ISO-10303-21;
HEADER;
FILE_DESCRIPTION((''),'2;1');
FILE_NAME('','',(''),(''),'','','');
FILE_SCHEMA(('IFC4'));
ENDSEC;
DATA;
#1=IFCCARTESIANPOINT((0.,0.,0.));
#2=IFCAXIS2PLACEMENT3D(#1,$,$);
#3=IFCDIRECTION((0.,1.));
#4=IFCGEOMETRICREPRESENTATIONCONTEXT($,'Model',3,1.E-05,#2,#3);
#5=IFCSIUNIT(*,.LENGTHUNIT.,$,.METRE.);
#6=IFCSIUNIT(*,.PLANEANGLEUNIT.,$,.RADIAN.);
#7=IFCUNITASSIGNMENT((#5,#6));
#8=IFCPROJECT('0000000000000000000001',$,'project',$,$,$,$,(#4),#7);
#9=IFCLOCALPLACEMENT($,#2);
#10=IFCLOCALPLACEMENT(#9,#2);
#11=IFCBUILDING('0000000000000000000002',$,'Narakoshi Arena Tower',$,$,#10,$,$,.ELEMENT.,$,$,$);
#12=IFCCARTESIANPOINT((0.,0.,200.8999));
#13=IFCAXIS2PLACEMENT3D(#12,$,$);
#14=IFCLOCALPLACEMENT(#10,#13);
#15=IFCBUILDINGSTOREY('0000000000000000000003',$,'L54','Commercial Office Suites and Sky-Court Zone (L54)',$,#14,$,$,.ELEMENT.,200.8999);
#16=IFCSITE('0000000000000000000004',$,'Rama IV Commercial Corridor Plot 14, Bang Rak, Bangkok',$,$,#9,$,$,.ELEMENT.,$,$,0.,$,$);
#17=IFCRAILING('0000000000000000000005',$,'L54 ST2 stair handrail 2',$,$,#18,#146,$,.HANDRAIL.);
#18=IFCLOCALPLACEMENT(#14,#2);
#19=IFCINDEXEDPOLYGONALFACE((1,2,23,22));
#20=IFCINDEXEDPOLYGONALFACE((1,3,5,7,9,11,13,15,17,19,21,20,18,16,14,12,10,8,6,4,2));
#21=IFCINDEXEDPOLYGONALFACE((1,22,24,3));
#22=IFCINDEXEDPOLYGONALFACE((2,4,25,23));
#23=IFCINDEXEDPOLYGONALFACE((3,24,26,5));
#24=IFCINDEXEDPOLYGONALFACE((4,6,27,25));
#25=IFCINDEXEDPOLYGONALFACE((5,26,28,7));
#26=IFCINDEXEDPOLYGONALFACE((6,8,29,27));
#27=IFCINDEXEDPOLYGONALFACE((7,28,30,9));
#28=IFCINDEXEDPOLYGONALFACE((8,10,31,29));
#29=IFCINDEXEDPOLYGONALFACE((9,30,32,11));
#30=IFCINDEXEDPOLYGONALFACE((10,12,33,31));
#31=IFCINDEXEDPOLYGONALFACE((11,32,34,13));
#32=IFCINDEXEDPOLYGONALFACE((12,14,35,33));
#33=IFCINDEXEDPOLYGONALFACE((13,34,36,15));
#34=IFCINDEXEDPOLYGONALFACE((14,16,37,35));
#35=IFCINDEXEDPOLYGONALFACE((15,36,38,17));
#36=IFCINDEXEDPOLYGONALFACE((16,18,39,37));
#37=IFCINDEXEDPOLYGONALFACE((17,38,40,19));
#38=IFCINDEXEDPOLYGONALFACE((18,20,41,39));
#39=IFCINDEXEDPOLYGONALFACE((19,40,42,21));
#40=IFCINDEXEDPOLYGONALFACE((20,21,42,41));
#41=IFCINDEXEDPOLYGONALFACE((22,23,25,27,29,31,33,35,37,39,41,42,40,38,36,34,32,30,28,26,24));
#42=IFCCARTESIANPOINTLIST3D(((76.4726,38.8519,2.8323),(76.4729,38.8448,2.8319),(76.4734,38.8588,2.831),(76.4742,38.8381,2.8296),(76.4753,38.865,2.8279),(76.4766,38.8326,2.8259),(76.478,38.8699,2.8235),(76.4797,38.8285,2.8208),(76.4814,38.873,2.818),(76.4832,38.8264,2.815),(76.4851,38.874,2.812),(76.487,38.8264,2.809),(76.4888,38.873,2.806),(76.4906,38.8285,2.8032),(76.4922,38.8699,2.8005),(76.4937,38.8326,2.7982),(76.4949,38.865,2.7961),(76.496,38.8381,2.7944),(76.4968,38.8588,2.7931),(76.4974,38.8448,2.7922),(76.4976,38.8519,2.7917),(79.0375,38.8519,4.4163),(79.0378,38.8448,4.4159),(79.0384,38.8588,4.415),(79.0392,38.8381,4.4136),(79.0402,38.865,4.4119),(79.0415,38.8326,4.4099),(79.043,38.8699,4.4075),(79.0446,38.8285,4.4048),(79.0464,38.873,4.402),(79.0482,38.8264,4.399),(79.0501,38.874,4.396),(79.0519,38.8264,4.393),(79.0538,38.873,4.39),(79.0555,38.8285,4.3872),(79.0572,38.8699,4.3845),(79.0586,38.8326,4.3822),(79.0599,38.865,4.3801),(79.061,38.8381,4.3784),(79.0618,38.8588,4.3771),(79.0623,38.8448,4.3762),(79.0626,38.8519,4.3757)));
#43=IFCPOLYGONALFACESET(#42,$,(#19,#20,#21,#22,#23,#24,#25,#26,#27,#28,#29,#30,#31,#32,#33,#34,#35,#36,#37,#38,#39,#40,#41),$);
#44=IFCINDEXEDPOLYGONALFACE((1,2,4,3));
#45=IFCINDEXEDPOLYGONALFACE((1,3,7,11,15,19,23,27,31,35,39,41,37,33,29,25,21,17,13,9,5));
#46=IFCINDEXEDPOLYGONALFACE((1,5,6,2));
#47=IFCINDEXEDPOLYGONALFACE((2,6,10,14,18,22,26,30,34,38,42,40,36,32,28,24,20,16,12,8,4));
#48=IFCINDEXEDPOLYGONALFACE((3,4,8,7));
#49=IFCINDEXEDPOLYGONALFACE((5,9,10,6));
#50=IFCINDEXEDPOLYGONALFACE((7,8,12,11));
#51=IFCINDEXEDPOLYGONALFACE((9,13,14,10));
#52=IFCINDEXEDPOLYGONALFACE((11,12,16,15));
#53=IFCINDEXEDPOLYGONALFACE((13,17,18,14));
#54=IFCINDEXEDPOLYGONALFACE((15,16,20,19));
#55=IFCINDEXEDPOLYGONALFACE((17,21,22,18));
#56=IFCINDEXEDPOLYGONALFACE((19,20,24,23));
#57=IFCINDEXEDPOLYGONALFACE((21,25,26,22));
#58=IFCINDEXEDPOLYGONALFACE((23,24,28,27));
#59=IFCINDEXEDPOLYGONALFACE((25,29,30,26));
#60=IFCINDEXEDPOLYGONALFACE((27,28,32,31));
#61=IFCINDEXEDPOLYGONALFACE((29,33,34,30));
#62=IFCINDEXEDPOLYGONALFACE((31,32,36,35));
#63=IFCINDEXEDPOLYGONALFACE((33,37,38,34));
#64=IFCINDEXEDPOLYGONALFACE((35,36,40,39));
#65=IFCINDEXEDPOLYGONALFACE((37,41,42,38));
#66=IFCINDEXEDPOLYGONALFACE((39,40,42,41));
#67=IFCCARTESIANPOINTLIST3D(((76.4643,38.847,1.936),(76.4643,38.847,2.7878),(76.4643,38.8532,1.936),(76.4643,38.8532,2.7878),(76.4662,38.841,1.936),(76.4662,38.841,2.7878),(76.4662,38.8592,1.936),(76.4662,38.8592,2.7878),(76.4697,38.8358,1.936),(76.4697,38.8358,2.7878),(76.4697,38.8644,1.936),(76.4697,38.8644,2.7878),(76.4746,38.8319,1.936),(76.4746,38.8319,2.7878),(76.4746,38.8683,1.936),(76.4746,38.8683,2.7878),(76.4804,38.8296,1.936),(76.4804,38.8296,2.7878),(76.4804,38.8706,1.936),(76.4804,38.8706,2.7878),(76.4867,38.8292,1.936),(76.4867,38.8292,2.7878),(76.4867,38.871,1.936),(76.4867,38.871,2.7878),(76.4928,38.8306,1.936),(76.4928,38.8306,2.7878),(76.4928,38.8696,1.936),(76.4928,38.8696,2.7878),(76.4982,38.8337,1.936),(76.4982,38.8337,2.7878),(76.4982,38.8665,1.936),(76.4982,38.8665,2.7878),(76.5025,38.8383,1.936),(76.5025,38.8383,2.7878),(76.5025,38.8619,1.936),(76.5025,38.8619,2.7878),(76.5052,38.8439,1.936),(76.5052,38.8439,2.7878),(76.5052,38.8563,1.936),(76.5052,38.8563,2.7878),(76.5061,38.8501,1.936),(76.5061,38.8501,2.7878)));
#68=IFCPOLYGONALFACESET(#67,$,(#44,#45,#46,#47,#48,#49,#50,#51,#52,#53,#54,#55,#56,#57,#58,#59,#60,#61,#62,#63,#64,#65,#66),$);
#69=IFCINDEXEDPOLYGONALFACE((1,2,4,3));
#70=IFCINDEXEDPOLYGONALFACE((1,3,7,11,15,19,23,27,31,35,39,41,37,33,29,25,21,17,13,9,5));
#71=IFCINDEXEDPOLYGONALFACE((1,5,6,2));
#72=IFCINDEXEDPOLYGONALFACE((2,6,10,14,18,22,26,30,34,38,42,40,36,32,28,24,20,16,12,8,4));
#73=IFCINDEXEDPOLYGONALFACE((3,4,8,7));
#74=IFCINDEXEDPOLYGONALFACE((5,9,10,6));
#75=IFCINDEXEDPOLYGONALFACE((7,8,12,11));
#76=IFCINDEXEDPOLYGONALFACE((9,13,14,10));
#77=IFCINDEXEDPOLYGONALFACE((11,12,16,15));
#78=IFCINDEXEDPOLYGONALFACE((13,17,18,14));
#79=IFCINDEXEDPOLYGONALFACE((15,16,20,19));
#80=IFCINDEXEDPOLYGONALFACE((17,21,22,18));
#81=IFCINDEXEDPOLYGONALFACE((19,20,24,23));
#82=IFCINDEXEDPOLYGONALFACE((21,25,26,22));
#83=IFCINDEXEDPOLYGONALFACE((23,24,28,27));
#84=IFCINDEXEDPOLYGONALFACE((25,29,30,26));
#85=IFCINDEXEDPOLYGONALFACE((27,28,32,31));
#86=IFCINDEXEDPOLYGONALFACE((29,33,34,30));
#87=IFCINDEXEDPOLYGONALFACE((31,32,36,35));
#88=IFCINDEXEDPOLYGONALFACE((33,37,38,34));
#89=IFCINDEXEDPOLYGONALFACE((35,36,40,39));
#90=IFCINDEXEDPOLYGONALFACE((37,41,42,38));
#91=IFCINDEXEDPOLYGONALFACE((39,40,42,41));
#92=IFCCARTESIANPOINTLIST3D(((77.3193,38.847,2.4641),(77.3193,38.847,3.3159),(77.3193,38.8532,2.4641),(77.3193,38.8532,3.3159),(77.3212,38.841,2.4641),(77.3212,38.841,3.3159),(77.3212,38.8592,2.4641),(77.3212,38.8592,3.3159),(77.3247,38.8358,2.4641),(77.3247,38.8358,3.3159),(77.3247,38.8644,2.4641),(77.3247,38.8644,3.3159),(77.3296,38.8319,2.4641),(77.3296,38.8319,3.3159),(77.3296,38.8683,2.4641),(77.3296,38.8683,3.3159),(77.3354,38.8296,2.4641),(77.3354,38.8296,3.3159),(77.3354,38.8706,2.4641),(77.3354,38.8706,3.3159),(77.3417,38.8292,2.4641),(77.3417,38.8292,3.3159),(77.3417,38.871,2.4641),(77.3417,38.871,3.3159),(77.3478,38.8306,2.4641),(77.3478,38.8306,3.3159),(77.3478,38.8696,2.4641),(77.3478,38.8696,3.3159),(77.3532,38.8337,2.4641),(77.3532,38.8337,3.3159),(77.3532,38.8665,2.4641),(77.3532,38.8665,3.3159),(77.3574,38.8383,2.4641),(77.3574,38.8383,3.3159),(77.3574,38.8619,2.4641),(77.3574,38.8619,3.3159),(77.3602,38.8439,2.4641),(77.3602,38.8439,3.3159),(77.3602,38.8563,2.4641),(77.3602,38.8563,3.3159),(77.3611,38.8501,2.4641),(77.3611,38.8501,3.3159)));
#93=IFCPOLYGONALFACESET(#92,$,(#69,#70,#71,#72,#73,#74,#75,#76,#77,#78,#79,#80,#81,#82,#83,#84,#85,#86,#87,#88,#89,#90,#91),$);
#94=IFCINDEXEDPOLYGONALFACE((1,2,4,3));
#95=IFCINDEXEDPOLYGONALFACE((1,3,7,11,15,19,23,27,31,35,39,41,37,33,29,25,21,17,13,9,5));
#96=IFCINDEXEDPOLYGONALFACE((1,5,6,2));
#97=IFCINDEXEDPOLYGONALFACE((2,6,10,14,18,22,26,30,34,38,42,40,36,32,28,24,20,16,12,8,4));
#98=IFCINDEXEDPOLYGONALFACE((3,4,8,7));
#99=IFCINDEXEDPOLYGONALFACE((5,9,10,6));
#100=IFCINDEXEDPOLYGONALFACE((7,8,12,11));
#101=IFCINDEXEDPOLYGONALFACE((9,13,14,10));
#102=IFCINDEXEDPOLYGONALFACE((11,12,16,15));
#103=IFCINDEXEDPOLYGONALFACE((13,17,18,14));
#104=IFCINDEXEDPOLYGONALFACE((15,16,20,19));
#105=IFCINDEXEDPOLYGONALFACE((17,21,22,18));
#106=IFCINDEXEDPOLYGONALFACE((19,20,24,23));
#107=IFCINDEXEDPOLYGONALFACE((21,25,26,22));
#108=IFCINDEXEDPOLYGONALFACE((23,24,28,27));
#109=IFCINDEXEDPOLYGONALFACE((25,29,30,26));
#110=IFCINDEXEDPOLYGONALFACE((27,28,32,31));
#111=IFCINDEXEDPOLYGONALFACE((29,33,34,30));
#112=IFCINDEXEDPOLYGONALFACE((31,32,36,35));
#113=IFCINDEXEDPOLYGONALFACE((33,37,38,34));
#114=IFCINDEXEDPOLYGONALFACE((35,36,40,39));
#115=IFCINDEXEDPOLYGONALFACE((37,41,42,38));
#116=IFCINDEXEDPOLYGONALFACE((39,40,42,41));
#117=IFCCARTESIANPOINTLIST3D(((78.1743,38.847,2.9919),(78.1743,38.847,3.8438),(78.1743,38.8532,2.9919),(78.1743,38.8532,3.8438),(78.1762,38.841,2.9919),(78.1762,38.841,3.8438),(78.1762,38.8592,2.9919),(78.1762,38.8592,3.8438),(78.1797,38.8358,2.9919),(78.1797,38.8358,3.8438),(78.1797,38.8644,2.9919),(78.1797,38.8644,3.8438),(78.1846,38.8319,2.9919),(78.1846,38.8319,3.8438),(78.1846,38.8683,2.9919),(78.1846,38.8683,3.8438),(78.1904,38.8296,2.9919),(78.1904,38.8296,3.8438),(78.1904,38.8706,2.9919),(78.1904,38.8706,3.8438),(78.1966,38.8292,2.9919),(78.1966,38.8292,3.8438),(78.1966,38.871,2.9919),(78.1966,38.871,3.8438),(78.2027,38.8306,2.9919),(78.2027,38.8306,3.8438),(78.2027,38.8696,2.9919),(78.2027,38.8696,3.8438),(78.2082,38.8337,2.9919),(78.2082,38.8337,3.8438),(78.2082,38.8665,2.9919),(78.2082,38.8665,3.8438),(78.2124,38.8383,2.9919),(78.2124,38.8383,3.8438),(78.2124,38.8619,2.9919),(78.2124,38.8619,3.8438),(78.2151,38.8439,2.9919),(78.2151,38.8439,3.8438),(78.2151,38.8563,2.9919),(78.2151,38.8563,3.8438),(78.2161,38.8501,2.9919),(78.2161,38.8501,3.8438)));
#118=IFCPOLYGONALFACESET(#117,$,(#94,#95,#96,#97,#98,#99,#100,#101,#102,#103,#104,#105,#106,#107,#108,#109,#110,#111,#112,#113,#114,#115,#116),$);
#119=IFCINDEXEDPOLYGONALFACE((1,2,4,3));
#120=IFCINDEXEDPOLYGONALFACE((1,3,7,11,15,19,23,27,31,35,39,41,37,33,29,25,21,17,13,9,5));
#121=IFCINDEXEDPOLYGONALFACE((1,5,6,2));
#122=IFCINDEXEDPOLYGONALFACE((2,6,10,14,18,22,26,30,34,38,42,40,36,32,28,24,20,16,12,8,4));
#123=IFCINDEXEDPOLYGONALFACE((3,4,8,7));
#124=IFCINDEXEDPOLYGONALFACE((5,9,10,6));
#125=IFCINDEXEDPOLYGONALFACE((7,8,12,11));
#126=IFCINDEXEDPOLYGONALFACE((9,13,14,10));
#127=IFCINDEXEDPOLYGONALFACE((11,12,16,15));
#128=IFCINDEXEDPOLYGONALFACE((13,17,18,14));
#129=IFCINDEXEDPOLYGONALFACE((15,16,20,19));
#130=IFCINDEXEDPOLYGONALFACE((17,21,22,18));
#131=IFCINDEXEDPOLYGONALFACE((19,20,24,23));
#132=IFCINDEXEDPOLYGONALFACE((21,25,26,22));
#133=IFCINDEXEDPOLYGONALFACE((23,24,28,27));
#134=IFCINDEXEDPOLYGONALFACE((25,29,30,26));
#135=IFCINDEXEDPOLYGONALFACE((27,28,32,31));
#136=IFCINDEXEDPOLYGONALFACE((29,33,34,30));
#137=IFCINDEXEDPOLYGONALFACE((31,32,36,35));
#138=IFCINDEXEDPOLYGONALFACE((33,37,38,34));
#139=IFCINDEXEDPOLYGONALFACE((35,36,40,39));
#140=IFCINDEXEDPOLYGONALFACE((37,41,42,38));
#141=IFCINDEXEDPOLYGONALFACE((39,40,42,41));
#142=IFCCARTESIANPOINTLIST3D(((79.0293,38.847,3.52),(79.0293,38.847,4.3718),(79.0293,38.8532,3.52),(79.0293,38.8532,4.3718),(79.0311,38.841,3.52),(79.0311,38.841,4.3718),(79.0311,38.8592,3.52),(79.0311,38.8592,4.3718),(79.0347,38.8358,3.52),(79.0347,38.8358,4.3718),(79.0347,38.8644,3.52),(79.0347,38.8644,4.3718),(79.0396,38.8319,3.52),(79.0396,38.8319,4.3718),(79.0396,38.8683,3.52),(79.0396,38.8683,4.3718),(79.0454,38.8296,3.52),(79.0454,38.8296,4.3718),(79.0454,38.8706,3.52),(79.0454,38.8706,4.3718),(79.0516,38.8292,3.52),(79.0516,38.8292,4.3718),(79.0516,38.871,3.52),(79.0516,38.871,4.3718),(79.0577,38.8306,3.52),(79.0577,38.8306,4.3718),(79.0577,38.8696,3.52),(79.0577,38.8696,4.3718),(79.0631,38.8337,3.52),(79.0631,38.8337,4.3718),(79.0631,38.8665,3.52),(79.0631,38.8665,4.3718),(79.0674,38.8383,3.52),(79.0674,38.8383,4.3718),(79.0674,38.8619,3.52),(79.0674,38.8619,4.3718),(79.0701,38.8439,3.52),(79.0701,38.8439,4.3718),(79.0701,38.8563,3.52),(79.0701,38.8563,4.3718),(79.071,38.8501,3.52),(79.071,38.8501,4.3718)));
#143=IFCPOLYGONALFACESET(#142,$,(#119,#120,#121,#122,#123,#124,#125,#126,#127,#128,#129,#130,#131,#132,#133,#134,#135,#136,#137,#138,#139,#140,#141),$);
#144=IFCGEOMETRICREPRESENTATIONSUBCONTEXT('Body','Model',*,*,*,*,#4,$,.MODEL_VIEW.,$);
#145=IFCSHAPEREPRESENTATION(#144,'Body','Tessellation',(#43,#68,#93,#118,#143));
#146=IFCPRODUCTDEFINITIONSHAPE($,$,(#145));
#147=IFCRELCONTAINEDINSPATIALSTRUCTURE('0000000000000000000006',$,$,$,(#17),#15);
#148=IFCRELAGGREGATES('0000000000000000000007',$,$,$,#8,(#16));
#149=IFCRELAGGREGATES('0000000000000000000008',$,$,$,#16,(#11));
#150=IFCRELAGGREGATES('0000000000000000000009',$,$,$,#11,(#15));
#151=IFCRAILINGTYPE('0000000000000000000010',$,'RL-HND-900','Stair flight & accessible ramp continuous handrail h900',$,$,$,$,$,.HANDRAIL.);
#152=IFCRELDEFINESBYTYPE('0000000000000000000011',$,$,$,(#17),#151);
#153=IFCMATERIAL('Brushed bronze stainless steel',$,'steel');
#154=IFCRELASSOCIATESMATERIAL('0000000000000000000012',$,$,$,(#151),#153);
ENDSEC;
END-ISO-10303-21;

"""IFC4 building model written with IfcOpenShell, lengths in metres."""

from ifc_helpers import new_model, si_unit, direction, frame, origin, origin_2d, place, context, subcontext, project, spatial, circle, extrude, material, type_object, element, save


model = new_model("IFC4")

# Units and contexts
model_context = context("Model", 3, precision=1e-05, world=origin(), true_north=direction((0.0, 1.0)))
body_context = subcontext(model_context, "Body", "Model", "MODEL_VIEW")
ifc_project = project(units=[si_unit("LENGTHUNIT", "METRE"), si_unit("PLANEANGLEUNIT", "RADIAN")], contexts=[model_context])

# Site, building, storey
site_placement = place(None, origin())
site = spatial("IfcSite", under=ifc_project, at=site_placement, Name="Rama IV Commercial Corridor Plot 14, Bang Rak, Bangkok", CompositionType="ELEMENT", RefElevation=0.0)
building_placement = place(site_placement, origin())
building = spatial("IfcBuilding", under=site, at=building_placement, Name="Narakoshi Arena Tower", CompositionType="ELEMENT")
storey_placement = place(building_placement, frame((0.0, 0.0, 200.8999)))
storey = spatial("IfcBuildingStorey", under=building, at=storey_placement, Name="L54", Description="Commercial Office Suites and Sky-Court Zone (L54)", CompositionType="ELEMENT", Elevation=200.8999)

# Railing
ifc_material_1 = material(Name="Brushed bronze stainless steel", Category="steel")
railing_type_1 = type_object("IfcRailingType", Name="RL-HND-900", Description="Stair flight & accessible ramp continuous handrail h900", PredefinedType="HANDRAIL", material=ifc_material_1)
railing_1_placement = place(storey_placement, frame((76.4851, 38.8501, 1.936)))
element("IfcRailing", 1, at=railing_1_placement, inside=storey, type_object=railing_type_1, Name="L54 ST2 stair handrail 2", PredefinedType="HANDRAIL", context=body_context, shape_type="SweptSolid", body=[
    extrude(circle(Radius=0.0239, at=origin_2d()), frame((0.0, 0.0, 0.876), z_axis=(0.850834, 0.0, 0.525434), x_axis=(0.0, 1.0, 0.0)), (0.0, 0.0, 1.0), 3.0146),
    extrude(circle(Radius=0.021, at=origin_2d()), origin(), (0.0, 0.0, 1.0), 0.8518),
    extrude(circle(Radius=0.021, at=origin_2d()), frame((0.855, 0.0, 0.5281)), (0.0, 0.0, 1.0), 0.8518),
    extrude(circle(Radius=0.021, at=origin_2d()), frame((1.71, 0.0, 1.0559)), (0.0, 0.0, 1.0), 0.8518),
    extrude(circle(Radius=0.021, at=origin_2d()), frame((2.5649, 0.0, 1.584)), (0.0, 0.0, 1.0), 0.8518),
])

save(model, "model.ifc")
